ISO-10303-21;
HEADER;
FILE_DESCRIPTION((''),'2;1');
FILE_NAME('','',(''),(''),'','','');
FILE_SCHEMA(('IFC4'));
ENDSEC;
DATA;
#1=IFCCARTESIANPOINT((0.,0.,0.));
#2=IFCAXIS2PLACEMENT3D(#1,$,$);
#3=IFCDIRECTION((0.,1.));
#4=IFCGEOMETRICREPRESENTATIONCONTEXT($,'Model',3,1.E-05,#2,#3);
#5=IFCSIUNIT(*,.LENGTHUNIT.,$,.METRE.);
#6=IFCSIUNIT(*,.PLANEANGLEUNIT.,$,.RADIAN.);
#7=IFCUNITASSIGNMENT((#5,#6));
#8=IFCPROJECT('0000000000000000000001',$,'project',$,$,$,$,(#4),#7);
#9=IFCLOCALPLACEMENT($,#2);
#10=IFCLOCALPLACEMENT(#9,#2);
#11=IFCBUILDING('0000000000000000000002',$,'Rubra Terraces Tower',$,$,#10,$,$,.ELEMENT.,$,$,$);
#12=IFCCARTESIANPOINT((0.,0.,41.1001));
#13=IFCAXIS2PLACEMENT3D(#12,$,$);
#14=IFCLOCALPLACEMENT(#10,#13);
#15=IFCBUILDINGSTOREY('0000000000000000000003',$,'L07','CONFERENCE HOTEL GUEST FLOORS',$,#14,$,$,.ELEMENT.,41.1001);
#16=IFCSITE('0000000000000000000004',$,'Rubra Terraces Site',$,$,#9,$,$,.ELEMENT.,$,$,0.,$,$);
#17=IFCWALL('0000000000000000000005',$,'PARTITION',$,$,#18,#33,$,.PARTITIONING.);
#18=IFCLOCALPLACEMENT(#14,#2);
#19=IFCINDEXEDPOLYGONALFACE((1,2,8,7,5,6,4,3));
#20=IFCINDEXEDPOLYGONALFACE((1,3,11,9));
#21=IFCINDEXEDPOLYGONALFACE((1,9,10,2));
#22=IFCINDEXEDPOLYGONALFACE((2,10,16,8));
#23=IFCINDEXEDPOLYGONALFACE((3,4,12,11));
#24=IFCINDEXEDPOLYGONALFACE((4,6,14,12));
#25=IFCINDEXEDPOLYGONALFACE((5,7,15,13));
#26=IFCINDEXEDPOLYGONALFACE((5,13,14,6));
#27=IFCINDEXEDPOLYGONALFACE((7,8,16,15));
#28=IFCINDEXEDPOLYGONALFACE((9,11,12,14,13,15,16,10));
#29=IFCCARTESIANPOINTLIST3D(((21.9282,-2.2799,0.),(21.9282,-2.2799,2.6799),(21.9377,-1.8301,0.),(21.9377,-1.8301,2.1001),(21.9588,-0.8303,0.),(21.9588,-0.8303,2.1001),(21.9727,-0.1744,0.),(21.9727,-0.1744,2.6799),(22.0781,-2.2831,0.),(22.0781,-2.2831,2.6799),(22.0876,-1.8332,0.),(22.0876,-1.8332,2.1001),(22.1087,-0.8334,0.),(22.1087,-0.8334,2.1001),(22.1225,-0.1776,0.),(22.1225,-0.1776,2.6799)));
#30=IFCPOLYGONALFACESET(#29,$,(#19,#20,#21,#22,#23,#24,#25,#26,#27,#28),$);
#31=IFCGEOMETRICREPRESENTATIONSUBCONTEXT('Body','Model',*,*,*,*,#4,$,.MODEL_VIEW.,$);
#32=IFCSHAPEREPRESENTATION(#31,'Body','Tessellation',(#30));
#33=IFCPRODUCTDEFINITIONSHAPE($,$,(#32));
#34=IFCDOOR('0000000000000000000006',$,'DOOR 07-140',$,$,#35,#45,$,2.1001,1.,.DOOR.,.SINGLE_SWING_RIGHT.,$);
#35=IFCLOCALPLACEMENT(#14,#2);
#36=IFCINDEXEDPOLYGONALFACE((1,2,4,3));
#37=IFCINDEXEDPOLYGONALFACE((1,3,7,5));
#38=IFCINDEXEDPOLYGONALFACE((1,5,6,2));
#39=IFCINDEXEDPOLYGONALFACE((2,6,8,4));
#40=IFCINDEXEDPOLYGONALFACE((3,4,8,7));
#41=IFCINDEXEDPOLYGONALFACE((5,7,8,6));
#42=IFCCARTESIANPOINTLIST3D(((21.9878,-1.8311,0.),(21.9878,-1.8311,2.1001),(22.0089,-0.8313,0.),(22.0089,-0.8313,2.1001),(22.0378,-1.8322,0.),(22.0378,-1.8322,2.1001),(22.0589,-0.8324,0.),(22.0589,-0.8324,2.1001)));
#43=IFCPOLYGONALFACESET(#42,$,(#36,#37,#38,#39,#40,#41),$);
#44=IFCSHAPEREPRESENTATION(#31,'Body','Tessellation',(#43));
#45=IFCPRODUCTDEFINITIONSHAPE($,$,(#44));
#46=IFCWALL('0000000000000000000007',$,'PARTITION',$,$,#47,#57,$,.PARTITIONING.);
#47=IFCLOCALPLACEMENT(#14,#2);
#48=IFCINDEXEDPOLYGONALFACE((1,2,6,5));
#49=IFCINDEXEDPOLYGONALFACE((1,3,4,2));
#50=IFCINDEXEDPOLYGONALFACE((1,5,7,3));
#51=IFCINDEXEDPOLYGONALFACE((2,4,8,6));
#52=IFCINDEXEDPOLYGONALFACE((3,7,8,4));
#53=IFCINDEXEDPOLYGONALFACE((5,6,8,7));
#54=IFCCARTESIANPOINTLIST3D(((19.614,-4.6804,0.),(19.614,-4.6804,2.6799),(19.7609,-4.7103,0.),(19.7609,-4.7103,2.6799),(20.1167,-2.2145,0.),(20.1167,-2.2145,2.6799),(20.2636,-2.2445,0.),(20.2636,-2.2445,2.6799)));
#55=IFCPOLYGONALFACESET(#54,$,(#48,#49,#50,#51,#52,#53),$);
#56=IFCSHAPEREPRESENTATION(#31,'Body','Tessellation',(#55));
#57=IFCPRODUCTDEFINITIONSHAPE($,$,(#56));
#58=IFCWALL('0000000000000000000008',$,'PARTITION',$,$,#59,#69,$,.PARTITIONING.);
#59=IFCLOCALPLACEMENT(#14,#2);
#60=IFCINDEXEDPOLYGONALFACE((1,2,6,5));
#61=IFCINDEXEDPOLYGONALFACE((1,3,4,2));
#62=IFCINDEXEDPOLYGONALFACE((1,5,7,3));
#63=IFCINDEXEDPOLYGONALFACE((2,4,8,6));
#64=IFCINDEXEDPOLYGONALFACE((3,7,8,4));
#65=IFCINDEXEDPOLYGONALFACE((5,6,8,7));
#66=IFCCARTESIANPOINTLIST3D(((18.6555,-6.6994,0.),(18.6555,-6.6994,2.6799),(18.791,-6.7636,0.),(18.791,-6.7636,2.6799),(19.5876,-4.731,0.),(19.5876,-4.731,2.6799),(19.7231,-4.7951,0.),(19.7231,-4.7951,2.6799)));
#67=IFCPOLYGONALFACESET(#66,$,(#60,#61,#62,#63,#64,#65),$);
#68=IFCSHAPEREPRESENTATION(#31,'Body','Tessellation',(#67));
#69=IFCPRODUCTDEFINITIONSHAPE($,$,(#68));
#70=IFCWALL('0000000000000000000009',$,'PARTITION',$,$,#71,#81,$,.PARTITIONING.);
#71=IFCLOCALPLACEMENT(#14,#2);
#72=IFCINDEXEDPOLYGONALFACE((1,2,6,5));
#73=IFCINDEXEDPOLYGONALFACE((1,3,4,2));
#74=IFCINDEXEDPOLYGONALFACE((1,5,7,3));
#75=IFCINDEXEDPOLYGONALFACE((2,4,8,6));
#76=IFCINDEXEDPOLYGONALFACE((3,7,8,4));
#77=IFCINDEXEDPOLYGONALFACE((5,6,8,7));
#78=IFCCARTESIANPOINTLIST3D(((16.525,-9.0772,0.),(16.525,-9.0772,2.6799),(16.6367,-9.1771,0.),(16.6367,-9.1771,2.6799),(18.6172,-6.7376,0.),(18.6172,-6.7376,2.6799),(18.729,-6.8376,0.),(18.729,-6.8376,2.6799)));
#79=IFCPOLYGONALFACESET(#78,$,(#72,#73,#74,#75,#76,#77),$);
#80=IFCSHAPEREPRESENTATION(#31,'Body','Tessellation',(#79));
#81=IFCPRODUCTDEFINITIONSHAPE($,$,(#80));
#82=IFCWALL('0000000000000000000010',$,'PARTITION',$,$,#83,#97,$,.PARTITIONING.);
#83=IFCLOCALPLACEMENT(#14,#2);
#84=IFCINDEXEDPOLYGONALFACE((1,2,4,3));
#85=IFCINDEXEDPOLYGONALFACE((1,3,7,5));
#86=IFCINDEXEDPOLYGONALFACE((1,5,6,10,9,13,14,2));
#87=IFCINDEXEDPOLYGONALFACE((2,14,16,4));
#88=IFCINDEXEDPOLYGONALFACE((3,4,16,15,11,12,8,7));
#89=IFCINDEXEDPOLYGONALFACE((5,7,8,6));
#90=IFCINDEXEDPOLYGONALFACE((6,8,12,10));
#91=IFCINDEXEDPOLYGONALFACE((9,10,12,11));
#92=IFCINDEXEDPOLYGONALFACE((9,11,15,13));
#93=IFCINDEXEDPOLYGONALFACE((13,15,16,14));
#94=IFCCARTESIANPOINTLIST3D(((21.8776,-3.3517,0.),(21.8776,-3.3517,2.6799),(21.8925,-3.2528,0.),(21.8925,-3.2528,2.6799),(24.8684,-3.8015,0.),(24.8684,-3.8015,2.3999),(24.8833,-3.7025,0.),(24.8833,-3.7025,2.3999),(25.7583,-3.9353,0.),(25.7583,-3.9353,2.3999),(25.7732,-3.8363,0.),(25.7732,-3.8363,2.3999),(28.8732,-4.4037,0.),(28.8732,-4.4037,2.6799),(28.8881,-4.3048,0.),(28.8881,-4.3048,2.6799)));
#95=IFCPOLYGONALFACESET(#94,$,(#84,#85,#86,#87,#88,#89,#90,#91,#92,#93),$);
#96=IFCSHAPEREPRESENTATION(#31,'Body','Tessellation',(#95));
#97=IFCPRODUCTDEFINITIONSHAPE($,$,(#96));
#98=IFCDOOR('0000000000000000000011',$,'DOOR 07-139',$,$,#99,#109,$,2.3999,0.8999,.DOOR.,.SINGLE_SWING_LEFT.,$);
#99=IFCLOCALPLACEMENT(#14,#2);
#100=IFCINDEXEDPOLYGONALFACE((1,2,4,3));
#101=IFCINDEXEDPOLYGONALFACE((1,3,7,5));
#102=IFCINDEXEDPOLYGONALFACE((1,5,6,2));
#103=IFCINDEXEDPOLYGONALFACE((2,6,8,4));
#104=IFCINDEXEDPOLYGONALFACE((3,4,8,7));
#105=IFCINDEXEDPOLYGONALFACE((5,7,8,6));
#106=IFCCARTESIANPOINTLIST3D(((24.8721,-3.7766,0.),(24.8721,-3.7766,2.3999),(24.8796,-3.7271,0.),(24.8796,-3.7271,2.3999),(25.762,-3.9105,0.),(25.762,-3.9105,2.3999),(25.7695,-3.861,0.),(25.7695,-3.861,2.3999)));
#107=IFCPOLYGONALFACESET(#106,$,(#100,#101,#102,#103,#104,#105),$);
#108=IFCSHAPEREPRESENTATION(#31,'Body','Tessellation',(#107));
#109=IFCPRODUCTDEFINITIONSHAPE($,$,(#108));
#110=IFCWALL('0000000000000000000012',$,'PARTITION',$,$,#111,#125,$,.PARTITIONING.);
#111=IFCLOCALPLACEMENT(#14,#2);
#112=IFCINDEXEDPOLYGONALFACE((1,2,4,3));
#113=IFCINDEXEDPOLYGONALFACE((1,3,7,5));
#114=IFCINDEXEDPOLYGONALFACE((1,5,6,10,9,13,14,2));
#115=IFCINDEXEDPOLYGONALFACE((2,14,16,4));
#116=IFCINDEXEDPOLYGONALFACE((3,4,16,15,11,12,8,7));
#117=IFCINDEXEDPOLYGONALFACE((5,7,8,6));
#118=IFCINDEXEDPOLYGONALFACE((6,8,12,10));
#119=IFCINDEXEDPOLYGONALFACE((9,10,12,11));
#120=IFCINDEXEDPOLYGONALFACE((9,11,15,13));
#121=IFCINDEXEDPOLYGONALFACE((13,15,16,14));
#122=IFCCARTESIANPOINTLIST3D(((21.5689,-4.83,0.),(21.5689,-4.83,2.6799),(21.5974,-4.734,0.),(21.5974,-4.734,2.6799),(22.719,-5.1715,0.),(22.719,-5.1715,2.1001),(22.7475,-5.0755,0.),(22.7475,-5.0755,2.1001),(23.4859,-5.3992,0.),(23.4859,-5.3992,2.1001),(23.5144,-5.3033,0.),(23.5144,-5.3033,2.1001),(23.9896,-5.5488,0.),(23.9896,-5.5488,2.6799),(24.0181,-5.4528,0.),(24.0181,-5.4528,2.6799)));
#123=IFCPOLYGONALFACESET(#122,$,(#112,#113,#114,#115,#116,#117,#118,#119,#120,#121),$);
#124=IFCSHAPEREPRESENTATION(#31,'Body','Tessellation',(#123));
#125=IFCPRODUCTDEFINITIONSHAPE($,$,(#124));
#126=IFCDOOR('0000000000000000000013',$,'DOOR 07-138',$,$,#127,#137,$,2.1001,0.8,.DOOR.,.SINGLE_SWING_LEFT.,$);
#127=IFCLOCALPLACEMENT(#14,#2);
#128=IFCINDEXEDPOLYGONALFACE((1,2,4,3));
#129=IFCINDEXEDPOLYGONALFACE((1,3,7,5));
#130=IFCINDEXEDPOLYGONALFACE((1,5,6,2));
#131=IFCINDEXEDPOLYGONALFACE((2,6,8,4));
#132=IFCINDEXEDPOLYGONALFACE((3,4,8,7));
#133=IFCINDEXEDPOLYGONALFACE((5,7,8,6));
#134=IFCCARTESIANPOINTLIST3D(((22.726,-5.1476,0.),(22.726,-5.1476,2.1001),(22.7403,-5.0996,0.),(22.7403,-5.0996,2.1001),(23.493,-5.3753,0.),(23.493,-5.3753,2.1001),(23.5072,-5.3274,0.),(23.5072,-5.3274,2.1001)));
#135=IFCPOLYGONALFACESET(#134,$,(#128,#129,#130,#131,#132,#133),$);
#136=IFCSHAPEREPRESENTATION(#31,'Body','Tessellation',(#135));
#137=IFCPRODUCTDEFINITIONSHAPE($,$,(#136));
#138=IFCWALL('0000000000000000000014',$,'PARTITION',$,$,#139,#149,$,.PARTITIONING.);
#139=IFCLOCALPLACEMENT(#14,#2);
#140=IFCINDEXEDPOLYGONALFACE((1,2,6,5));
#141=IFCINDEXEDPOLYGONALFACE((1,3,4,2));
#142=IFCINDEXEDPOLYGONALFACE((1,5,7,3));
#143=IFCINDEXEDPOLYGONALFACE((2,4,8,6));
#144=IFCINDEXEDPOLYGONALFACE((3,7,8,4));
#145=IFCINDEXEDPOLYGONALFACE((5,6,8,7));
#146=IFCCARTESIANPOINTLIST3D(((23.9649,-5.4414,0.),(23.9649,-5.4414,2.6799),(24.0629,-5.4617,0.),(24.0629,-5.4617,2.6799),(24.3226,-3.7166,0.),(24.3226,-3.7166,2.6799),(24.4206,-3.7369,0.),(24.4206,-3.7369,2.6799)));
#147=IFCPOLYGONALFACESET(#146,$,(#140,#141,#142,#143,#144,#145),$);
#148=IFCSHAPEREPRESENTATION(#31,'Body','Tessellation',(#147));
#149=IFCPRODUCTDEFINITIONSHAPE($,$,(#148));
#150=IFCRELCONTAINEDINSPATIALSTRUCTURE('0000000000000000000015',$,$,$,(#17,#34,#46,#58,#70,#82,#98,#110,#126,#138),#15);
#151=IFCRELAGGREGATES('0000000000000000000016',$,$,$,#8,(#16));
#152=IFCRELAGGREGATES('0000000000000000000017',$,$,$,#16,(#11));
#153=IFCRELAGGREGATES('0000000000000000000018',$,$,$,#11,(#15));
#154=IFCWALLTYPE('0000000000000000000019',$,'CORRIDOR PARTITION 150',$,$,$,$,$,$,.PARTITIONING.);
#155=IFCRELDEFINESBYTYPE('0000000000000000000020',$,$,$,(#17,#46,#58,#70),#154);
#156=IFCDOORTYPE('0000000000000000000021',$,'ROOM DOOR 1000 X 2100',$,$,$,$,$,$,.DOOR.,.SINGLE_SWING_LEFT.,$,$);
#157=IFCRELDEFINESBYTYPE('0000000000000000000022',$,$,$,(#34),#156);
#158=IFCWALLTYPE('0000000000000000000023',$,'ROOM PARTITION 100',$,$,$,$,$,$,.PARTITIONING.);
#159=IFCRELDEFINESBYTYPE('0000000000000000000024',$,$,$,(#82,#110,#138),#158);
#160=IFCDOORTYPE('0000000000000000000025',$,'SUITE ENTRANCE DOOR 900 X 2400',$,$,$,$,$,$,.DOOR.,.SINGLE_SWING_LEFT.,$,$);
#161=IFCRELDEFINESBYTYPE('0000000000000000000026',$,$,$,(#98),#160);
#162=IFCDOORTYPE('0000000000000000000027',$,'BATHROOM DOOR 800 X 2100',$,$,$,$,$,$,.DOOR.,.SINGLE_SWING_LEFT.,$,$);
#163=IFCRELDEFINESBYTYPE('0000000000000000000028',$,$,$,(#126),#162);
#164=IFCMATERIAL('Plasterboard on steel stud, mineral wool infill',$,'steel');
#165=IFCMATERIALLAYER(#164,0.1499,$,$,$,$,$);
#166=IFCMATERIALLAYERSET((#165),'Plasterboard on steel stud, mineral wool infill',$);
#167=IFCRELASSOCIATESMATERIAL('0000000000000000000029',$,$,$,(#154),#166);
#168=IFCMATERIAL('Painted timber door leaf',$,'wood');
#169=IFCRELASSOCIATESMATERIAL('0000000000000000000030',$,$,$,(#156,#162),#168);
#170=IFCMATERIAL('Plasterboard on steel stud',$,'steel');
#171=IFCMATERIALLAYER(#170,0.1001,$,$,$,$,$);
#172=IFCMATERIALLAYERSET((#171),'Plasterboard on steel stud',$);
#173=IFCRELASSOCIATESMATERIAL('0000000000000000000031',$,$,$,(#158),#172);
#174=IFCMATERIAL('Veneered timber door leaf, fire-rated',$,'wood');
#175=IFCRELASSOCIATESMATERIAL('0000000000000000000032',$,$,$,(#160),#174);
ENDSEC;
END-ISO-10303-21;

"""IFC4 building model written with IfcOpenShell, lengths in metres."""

from ifc_helpers import new_model, si_unit, direction, frame, frame_2d, origin, place, context, subcontext, project, spatial, rectangle, extrude, material, layer, layer_set, type_object, element, fill, save


model = new_model("IFC4")

# Units and contexts
model_context = context("Model", 3, precision=1e-05, world=origin(), true_north=direction((0.0, 1.0)))
body_context = subcontext(model_context, "Body", "Model", "MODEL_VIEW")
ifc_project = project(units=[si_unit("LENGTHUNIT", "METRE"), si_unit("PLANEANGLEUNIT", "RADIAN")], contexts=[model_context])

# Site, building, storey
site_placement = place(None, origin())
site = spatial("IfcSite", under=ifc_project, at=site_placement, Name="Rubra Terraces Site", CompositionType="ELEMENT", RefElevation=0.0)
building_placement = place(site_placement, origin())
building = spatial("IfcBuilding", under=site, at=building_placement, Name="Rubra Terraces Tower", CompositionType="ELEMENT")
storey_placement = place(building_placement, frame((0.0, 0.0, 41.1001)))
storey = spatial("IfcBuildingStorey", under=building, at=storey_placement, Name="L07", Description="CONFERENCE HOTEL GUEST FLOORS", CompositionType="ELEMENT", Elevation=41.1001)

# Shared definitions
ifc_material_1 = material(Name="Plasterboard on steel stud, mineral wool infill", Category="steel")
ifc_layer_1 = layer(ifc_material_1, 0.1499)
ifc_layer_set_1 = layer_set([ifc_layer_1], Name="Plasterboard on steel stud, mineral wool infill")
wall_type_1 = type_object("IfcWallType", Name="CORRIDOR PARTITION 150", PredefinedType="PARTITIONING", material=ifc_layer_set_1)

# Shared definitions
ifc_material_2 = material(Name="Painted timber door leaf", Category="wood")
door_type_1 = type_object("IfcDoorType", Name="ROOM DOOR 1000 X 2100", OperationType="SINGLE_SWING_LEFT", PredefinedType="DOOR", material=ifc_material_2)

# Wall, opening, door
wall_1_placement = place(storey_placement, frame((22.0032, -2.2815, 0.0), z_axis=(0.0, 0.0, 1.0), x_axis=(0.021099, 0.999777, 0.0)))
wall_1 = element("IfcWall", 1, at=wall_1_placement, inside=storey, type_object=wall_type_1, Name="PARTITION", PredefinedType="PARTITIONING", context=body_context, shape_type="SweptSolid", body=[
    extrude(rectangle(XDim=2.106, YDim=0.1499, at=frame_2d((1.053, 0.0))), origin(), (0.0, 0.0, 1.0), 2.6799),
])
opening_1_placement = place(wall_1_placement, frame((0.45, 0.0, 0.0)))
opening_1 = element("IfcOpeningElement", 2, at=opening_1_placement, cuts=wall_1, PredefinedType="OPENING", context=body_context, shape_type="SweptSolid", body=[
    extrude(rectangle(XDim=1.0, YDim=2.1001, at=frame_2d((0.5, 1.05))), frame((0.0, 0.085, 0.0), z_axis=(0.0, -1.0, 0.0), x_axis=(1.0, 0.0, 0.0)), (0.0, 0.0, 1.0), 0.1699),
])
door_1_placement = place(opening_1_placement, origin())
door_1 = element("IfcDoor", 3, at=door_1_placement, inside=storey, type_object=door_type_1, Name="DOOR 07-140", OperationType="SINGLE_SWING_RIGHT", OverallHeight=2.1001, OverallWidth=1.0, PredefinedType="DOOR", context=body_context, shape_type="SweptSolid", body=[
    extrude(rectangle(XDim=1.0, YDim=2.1001, at=frame_2d((0.5, 1.05))), frame((0.0, 0.0249, 0.0), z_axis=(0.0, -1.0, 0.0), x_axis=(1.0, 0.0, 0.0)), (0.0, 0.0, 1.0), 0.05),
])
fill(opening_1, door_1)

# Walls
wall_2_placement = place(storey_placement, frame((20.1902, -2.2295, 0.0), z_axis=(0.0, 0.0, 1.0), x_axis=(-0.199753, -0.979846, 0.0)))
element("IfcWall", 4, at=wall_2_placement, inside=storey, type_object=wall_type_1, Name="PARTITION", PredefinedType="PARTITIONING", context=body_context, shape_type="SweptSolid", body=[
    extrude(rectangle(XDim=2.5166, YDim=0.1499, at=frame_2d((1.2583, 0.0))), origin(), (0.0, 0.0, 1.0), 2.6799),
])
wall_3_placement = place(storey_placement, frame((19.6553, -4.7632, 0.0), z_axis=(0.0, 0.0, 1.0), x_axis=(-0.427966, -0.903795, 0.0)))
element("IfcWall", 5, at=wall_3_placement, inside=storey, type_object=wall_type_1, Name="PARTITION", PredefinedType="PARTITIONING", context=body_context, shape_type="SweptSolid", body=[
    extrude(rectangle(XDim=2.178, YDim=0.1499, at=frame_2d((1.0889, 0.0))), origin(), (0.0, 0.0, 1.0), 2.6799),
])
wall_4_placement = place(storey_placement, frame((18.6731, -6.7876, 0.0), z_axis=(0.0, 0.0, 1.0), x_axis=(-0.666611, -0.745406, 0.0)))
element("IfcWall", 6, at=wall_4_placement, inside=storey, type_object=wall_type_1, Name="PARTITION", PredefinedType="PARTITIONING", context=body_context, shape_type="SweptSolid", body=[
    extrude(rectangle(XDim=3.1387, YDim=0.1499, at=frame_2d((1.5693, 0.0))), origin(), (0.0, 0.0, 1.0), 2.6799),
])

# Walls, openings, doors
ifc_material_3 = material(Name="Plasterboard on steel stud", Category="steel")
ifc_layer_2 = layer(ifc_material_3, 0.1001)
ifc_layer_set_2 = layer_set([ifc_layer_2], Name="Plasterboard on steel stud")
wall_type_2 = type_object("IfcWallType", Name="ROOM PARTITION 100", PredefinedType="PARTITIONING", material=ifc_layer_set_2)
wall_5_placement = place(storey_placement, frame((28.8806, -4.3542, 0.0), z_axis=(0.0, 0.0, 1.0), x_axis=(-0.988881, 0.148708, 0.0)))
wall_5 = element("IfcWall", 7, at=wall_5_placement, inside=storey, type_object=wall_type_2, Name="PARTITION", PredefinedType="PARTITIONING", context=body_context, shape_type="SweptSolid", body=[
    extrude(rectangle(XDim=7.0742, YDim=0.1001, at=frame_2d((3.5371, 0.0))), origin(), (0.0, 0.0, 1.0), 2.6799),
])
opening_2_placement = place(wall_5_placement, frame((3.1499, 0.0, 0.0)))
opening_2 = element("IfcOpeningElement", 8, at=opening_2_placement, cuts=wall_5, PredefinedType="OPENING", context=body_context, shape_type="SweptSolid", body=[
    extrude(rectangle(XDim=0.8999, YDim=2.3999, at=frame_2d((0.45, 1.2))), frame((0.0, 0.0601, 0.0), z_axis=(0.0, -1.0, 0.0), x_axis=(1.0, 0.0, 0.0)), (0.0, 0.0, 1.0), 0.1201),
])
ifc_material_4 = material(Name="Veneered timber door leaf, fire-rated", Category="wood")
door_type_2 = type_object("IfcDoorType", Name="SUITE ENTRANCE DOOR 900 X 2400", OperationType="SINGLE_SWING_LEFT", PredefinedType="DOOR", material=ifc_material_4)
door_2_placement = place(opening_2_placement, origin())
door_2 = element("IfcDoor", 9, at=door_2_placement, inside=storey, type_object=door_type_2, Name="DOOR 07-139", OperationType="SINGLE_SWING_LEFT", OverallHeight=2.3999, OverallWidth=0.8999, PredefinedType="DOOR", context=body_context, shape_type="SweptSolid", body=[
    extrude(rectangle(XDim=0.8999, YDim=2.3999, at=frame_2d((0.45, 1.2))), frame((0.0, 0.0249, 0.0), z_axis=(0.0, -1.0, 0.0), x_axis=(1.0, 0.0, 0.0)), (0.0, 0.0, 1.0), 0.05),
])
fill(opening_2, door_2)
wall_6_placement = place(storey_placement, frame((21.583, -4.782, 0.0), z_axis=(0.0, 0.0, 1.0), x_axis=(0.958634, -0.284641, 0.0)))
wall_6 = element("IfcWall", 10, at=wall_6_placement, inside=storey, type_object=wall_type_2, Name="PARTITION", PredefinedType="PARTITIONING", context=body_context, shape_type="SweptSolid", body=[
    extrude(rectangle(XDim=2.5251, YDim=0.1001, at=frame_2d((1.2627, 0.0))), origin(), (0.0, 0.0, 1.0), 2.6799),
])
opening_3_placement = place(wall_6_placement, frame((1.2, 0.0, 0.0)))
opening_3 = element("IfcOpeningElement", 11, at=opening_3_placement, cuts=wall_6, PredefinedType="OPENING", context=body_context, shape_type="SweptSolid", body=[
    extrude(rectangle(XDim=0.8, YDim=2.1001, at=frame_2d((0.3999, 1.05))), frame((0.0, 0.0601, 0.0), z_axis=(0.0, -1.0, 0.0), x_axis=(1.0, 0.0, 0.0)), (0.0, 0.0, 1.0), 0.1201),
])
door_type_3 = type_object("IfcDoorType", Name="BATHROOM DOOR 800 X 2100", OperationType="SINGLE_SWING_LEFT", PredefinedType="DOOR", material=ifc_material_2)
door_3_placement = place(opening_3_placement, origin())
door_3 = element("IfcDoor", 12, at=door_3_placement, inside=storey, type_object=door_type_3, Name="DOOR 07-138", OperationType="SINGLE_SWING_LEFT", OverallHeight=2.1001, OverallWidth=0.8, PredefinedType="DOOR", context=body_context, shape_type="SweptSolid", body=[
    extrude(rectangle(XDim=0.8, YDim=2.1001, at=frame_2d((0.3999, 1.05))), frame((0.0, 0.0249, 0.0), z_axis=(0.0, -1.0, 0.0), x_axis=(1.0, 0.0, 0.0)), (0.0, 0.0, 1.0), 0.05),
])
fill(opening_3, door_3)

# Wall
wall_7_placement = place(storey_placement, frame((24.0139, -5.4517, 0.0), z_axis=(0.0, 0.0, 1.0), x_axis=(0.203041, 0.97917, 0.0)))
element("IfcWall", 13, at=wall_7_placement, inside=storey, type_object=wall_type_2, Name="PARTITION", PredefinedType="PARTITIONING", context=body_context, shape_type="SweptSolid", body=[
    extrude(rectangle(XDim=1.7615, YDim=0.1001, at=frame_2d((0.8809, 0.0))), origin(), (0.0, 0.0, 1.0), 2.6799),
])

save(model, "model.ifc")
